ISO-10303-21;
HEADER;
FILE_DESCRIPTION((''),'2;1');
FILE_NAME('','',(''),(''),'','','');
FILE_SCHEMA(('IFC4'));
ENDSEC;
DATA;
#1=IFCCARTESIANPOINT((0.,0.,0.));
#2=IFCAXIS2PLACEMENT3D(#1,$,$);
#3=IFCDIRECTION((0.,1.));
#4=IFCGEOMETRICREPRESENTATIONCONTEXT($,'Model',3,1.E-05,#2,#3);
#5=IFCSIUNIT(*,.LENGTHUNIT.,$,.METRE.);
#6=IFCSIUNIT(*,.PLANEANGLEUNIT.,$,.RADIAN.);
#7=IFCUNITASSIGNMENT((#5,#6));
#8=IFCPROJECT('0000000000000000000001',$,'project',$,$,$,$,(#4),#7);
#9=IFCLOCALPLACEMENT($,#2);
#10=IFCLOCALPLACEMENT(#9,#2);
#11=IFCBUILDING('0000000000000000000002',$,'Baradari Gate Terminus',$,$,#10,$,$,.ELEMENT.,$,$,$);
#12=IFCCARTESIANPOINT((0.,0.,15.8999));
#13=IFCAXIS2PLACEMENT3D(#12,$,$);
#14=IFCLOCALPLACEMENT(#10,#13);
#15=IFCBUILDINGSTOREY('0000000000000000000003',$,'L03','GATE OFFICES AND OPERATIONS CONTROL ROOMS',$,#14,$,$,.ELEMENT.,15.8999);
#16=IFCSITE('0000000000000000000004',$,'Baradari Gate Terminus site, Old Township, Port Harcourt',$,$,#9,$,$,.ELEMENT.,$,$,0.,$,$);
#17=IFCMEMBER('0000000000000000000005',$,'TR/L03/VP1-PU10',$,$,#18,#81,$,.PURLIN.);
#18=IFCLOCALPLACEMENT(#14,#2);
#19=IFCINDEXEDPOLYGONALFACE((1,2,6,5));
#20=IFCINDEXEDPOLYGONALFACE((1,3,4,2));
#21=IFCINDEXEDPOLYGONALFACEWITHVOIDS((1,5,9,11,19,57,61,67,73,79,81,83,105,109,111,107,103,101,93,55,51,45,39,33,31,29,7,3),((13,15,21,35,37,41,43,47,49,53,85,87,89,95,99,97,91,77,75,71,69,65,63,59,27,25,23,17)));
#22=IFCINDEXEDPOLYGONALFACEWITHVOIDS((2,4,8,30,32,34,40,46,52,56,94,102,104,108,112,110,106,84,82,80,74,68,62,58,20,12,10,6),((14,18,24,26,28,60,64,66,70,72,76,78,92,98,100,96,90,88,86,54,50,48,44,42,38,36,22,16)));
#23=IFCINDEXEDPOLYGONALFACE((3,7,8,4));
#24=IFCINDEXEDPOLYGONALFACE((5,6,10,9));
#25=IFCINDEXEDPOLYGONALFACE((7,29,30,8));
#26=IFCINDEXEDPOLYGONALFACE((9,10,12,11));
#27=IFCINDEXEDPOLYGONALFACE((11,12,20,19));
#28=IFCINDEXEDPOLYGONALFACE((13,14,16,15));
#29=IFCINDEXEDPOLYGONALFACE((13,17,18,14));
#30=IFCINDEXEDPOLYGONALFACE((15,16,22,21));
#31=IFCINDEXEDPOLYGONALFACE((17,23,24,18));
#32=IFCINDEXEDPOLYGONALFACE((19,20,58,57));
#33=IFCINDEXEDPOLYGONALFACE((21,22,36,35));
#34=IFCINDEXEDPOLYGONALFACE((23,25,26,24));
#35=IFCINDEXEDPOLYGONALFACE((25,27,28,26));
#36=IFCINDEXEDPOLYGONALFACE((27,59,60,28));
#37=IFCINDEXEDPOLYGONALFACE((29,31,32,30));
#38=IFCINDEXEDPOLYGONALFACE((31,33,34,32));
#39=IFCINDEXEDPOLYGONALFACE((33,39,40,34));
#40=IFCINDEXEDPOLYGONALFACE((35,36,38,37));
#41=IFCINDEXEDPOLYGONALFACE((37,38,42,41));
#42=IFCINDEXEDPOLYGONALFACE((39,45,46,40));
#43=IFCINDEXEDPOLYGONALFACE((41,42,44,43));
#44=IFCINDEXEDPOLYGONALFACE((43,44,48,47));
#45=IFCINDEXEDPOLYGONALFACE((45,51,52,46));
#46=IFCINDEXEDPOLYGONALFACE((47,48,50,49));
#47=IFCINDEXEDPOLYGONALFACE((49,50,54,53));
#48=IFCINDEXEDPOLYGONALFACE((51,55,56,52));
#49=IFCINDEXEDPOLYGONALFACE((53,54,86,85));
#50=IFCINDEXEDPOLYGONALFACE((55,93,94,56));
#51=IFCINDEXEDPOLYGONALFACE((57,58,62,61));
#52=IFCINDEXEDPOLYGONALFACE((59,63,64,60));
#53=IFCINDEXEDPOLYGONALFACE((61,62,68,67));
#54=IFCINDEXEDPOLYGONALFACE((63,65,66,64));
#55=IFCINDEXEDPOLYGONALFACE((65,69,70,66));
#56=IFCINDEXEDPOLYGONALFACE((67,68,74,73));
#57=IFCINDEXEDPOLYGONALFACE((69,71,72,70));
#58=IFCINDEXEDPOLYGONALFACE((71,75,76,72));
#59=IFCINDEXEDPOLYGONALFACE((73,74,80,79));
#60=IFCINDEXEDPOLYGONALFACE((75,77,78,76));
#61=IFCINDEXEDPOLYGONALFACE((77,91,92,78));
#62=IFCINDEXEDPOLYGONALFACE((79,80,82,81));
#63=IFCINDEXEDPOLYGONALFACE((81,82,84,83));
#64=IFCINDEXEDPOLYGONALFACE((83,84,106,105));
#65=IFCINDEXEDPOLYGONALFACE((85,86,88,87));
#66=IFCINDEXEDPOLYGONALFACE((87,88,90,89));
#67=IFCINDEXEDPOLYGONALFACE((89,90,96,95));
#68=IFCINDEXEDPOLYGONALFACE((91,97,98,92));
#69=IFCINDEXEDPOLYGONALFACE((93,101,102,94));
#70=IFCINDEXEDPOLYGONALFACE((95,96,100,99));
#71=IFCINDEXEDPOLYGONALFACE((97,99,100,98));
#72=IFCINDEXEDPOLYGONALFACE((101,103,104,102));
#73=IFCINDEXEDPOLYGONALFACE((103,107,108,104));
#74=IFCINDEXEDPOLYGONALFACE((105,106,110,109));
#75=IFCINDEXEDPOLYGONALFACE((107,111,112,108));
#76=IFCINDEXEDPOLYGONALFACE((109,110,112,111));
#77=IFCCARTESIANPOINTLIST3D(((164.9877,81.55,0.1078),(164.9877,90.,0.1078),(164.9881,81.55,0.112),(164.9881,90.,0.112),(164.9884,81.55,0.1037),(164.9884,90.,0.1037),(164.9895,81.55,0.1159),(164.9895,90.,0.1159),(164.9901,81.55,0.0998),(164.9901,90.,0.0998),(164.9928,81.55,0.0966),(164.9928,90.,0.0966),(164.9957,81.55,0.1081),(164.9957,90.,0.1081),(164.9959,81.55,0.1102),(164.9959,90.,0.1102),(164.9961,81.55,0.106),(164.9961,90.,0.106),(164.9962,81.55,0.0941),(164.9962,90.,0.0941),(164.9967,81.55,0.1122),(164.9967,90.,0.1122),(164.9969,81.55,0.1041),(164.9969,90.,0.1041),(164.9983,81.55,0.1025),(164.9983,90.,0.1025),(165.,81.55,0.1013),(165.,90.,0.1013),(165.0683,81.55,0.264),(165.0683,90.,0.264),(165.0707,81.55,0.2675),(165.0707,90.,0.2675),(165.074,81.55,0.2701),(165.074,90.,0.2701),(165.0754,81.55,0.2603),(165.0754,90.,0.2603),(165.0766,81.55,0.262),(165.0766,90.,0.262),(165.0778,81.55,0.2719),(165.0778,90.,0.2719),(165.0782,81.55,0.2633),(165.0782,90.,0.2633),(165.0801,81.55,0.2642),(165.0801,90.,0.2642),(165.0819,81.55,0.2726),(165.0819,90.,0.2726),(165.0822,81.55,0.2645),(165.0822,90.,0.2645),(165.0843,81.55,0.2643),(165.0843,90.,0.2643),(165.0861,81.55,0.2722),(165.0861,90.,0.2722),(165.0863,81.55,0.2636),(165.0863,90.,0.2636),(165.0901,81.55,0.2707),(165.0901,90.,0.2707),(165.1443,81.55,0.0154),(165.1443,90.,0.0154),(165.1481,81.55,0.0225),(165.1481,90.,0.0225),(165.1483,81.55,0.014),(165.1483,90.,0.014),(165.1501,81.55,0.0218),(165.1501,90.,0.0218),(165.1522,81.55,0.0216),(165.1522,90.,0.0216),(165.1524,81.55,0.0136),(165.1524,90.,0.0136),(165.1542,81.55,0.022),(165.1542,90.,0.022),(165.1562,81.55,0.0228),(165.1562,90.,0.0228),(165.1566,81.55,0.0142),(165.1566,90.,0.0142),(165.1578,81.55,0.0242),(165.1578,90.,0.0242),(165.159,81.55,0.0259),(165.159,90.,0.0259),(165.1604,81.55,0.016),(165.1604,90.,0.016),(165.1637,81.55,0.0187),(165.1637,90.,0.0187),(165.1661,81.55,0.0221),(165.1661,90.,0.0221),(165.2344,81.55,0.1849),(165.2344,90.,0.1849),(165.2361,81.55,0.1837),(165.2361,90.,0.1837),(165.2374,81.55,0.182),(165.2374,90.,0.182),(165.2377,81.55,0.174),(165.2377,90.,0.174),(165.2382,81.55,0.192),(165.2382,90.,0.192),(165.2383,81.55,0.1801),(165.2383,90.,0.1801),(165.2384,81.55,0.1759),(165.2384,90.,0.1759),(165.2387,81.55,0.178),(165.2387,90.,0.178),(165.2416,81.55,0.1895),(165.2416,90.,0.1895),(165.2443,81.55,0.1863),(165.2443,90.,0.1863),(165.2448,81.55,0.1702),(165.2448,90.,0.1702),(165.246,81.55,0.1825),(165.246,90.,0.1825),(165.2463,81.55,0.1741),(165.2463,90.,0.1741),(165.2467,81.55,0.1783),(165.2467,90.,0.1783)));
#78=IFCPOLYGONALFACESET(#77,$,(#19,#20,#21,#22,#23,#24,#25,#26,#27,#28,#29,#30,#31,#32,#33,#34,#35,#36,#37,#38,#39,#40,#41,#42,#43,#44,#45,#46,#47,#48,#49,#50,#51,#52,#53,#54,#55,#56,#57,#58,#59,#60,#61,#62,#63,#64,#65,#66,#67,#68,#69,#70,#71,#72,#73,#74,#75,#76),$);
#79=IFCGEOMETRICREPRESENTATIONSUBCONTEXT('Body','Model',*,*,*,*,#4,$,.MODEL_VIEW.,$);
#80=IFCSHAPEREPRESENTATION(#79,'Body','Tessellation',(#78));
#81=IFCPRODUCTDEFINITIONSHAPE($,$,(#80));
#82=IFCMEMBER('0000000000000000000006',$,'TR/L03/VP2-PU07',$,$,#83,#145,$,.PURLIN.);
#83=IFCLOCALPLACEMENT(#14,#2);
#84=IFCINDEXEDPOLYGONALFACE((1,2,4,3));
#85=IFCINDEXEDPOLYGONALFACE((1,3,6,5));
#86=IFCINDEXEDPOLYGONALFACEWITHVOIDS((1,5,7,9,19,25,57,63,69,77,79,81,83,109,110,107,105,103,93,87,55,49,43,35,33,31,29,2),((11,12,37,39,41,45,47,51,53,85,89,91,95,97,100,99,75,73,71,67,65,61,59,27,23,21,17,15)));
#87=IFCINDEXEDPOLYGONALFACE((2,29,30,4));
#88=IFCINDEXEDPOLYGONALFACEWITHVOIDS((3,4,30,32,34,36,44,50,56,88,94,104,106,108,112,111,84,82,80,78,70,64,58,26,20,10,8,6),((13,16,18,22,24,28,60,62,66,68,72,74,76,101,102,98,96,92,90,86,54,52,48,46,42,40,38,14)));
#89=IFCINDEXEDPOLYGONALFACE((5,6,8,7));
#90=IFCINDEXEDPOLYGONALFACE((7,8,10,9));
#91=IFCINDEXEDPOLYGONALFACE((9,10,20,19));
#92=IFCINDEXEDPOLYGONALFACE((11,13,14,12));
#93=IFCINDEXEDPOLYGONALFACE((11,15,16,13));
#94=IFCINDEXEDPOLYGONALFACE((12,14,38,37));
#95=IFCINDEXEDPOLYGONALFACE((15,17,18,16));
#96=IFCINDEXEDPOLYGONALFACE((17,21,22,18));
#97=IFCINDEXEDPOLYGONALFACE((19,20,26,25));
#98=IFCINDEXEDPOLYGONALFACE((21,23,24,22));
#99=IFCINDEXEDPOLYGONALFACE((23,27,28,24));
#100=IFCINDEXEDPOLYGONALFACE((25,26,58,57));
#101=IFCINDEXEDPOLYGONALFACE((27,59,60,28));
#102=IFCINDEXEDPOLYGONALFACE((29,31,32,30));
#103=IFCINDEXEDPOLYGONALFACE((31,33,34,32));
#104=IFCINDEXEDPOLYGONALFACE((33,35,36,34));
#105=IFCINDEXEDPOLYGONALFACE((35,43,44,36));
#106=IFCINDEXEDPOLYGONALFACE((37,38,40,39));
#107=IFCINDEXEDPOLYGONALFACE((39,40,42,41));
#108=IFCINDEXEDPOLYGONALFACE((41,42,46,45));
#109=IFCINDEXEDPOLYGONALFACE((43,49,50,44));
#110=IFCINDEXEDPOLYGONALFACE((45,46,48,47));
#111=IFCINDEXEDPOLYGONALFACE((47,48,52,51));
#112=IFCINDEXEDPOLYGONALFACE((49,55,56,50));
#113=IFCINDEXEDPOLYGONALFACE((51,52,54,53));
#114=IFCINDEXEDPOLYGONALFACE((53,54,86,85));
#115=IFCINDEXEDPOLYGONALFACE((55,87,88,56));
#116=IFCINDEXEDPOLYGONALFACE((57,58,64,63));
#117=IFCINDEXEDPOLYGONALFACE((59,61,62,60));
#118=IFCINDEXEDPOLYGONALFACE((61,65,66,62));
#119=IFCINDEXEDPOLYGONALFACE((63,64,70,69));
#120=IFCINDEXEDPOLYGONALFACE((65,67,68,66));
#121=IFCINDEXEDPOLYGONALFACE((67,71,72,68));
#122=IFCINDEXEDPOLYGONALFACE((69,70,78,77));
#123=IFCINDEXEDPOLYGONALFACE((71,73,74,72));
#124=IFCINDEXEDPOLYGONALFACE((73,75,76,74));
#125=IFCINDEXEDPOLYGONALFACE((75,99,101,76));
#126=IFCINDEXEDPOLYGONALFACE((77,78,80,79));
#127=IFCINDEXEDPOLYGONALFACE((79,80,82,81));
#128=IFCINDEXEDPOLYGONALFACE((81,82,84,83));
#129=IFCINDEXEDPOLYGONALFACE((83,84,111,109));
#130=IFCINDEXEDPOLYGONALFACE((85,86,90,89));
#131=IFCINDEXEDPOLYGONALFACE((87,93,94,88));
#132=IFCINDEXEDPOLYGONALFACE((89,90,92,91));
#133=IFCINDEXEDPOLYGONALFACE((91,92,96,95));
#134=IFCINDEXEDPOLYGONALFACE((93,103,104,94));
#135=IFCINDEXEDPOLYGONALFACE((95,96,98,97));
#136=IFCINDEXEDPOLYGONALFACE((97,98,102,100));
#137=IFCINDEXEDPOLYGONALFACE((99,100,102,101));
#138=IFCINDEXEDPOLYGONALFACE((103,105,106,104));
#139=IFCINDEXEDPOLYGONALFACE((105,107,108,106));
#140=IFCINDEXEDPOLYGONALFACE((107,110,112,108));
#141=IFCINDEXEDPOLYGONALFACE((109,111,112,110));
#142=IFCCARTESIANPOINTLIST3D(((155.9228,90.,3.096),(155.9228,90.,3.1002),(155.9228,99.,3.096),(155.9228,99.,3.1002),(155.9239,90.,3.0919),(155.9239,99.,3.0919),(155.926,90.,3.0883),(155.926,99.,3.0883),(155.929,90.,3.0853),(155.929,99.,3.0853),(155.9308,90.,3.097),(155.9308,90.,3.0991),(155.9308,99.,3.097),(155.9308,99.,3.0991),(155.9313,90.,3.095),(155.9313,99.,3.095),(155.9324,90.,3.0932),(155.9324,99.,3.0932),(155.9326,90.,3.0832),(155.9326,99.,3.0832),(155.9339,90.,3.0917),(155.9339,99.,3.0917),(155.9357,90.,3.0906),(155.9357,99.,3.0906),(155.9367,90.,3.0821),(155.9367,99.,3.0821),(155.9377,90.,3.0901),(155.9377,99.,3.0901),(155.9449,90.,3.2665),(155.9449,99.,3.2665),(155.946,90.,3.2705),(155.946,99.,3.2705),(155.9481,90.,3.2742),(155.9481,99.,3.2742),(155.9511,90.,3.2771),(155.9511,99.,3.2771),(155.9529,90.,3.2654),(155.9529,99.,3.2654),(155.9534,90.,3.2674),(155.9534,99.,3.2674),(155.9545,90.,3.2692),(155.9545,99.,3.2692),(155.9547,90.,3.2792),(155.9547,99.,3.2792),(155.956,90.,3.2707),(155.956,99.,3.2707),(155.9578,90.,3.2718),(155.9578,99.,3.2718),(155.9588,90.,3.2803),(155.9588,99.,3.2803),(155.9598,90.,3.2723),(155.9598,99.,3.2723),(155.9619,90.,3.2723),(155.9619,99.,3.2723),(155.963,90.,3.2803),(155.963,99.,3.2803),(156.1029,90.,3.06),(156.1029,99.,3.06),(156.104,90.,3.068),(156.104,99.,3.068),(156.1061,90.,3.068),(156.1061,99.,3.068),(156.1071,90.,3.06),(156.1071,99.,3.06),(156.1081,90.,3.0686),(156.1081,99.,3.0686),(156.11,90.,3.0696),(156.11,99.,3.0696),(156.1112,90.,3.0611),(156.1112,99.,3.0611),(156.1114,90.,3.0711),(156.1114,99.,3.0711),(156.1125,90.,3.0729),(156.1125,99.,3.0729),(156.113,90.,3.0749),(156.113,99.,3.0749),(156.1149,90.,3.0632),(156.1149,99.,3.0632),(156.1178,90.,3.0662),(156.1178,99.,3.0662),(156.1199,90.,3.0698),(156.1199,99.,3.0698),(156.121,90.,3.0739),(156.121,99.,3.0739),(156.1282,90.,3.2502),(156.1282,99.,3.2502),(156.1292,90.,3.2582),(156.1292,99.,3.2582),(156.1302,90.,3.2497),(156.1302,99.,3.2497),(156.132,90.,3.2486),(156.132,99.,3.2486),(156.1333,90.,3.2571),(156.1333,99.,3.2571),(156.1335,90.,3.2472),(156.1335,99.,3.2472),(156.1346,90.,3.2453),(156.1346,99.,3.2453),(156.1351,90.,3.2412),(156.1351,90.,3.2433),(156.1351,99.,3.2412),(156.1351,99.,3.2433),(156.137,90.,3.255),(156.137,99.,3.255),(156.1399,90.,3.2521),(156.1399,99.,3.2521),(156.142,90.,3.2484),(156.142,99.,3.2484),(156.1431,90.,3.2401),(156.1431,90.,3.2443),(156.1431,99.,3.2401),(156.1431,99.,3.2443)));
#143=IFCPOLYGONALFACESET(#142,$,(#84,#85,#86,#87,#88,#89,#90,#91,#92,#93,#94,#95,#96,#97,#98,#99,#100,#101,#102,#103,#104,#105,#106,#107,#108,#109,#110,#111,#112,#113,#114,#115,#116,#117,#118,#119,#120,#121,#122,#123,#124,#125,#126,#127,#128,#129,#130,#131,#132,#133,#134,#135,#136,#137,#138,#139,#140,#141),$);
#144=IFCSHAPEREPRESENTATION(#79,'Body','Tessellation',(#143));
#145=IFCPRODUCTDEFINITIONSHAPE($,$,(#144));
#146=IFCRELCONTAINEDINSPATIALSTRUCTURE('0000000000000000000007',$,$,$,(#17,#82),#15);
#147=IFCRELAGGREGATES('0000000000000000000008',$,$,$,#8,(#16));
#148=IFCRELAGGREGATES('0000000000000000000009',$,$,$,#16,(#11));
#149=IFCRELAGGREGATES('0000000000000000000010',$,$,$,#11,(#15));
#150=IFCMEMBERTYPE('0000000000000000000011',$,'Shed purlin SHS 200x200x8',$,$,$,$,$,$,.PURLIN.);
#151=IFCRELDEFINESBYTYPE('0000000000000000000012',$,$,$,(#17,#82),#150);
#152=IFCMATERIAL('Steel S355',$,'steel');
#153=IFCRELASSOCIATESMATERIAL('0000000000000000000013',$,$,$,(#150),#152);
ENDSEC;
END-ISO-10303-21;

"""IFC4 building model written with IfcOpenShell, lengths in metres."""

from ifc_helpers import new_model, si_unit, direction, frame, origin, origin_2d, place, context, subcontext, project, spatial, hollow_rectangle, extrude, material, material_profile, profile_set, type_object, element, save


model = new_model("IFC4")

# Units and contexts
model_context = context("Model", 3, precision=1e-05, world=origin(), true_north=direction((0.0, 1.0)))
body_context = subcontext(model_context, "Body", "Model", "MODEL_VIEW")
ifc_project = project(units=[si_unit("LENGTHUNIT", "METRE"), si_unit("PLANEANGLEUNIT", "RADIAN")], contexts=[model_context])

# Site, building, storey
site_placement = place(None, origin())
site = spatial("IfcSite", under=ifc_project, at=site_placement, Name="Baradari Gate Terminus site, Old Township, Port Harcourt", CompositionType="ELEMENT", RefElevation=0.0)
building_placement = place(site_placement, origin())
building = spatial("IfcBuilding", under=site, at=building_placement, Name="Baradari Gate Terminus", CompositionType="ELEMENT")
storey_placement = place(building_placement, frame((0.0, 0.0, 15.8999)))
storey = spatial("IfcBuildingStorey", under=building, at=storey_placement, Name="L03", Description="GATE OFFICES AND OPERATIONS CONTROL ROOMS", CompositionType="ELEMENT", Elevation=15.8999)

# Members
ifc_material_1 = material(Name="Steel S355", Category="steel")
ifc_material_profile_1 = material_profile(ifc_material_1, hollow_rectangle(XDim=0.2, YDim=0.2, WallThickness=0.0081, InnerFilletRadius=0.0081, OuterFilletRadius=0.0161, at=origin_2d()), Name="SHS 200x200x8")
ifc_profile_set_1 = profile_set([ifc_material_profile_1], Name="Steel S355")
member_type_1 = type_object("IfcMemberType", Name="Shed purlin SHS 200x200x8", PredefinedType="PURLIN", material=ifc_profile_set_1)
for number, where, z_axis, x_axis, name in (
    (1, (165.1172, 81.55, 0.1431), (0.0, 1.0, 0.0), (-0.883027, 0.0, 0.469322), "TR/L03/VP1-PU10"),
):
    element("IfcMember", number, at=place(storey_placement, frame(where, z_axis=z_axis, x_axis=x_axis)), inside=storey, type_object=member_type_1, Name=name, PredefinedType="PURLIN", context=body_context, shape_type="SweptSolid", body=[
        extrude(hollow_rectangle(XDim=0.2, YDim=0.2, WallThickness=0.0081, InnerFilletRadius=0.0081, OuterFilletRadius=0.0161, at=origin_2d()), origin(), (0.0, 0.0, 1.0), 8.45),
    ])
for number, where, z_axis, x_axis, name in (
    (2, (156.033, 90.0, 3.1702), (0.0, 1.0, 0.0), (-0.991303, 0.0, 0.131599), "TR/L03/VP2-PU07"),
):
    element("IfcMember", number, at=place(storey_placement, frame(where, z_axis=z_axis, x_axis=x_axis)), inside=storey, type_object=member_type_1, Name=name, PredefinedType="PURLIN", context=body_context, shape_type="SweptSolid", body=[
        extrude(hollow_rectangle(XDim=0.2, YDim=0.2, WallThickness=0.0081, InnerFilletRadius=0.0081, OuterFilletRadius=0.0161, at=origin_2d()), origin(), (0.0, 0.0, 1.0), 9.0),
    ])

save(model, "model.ifc")
